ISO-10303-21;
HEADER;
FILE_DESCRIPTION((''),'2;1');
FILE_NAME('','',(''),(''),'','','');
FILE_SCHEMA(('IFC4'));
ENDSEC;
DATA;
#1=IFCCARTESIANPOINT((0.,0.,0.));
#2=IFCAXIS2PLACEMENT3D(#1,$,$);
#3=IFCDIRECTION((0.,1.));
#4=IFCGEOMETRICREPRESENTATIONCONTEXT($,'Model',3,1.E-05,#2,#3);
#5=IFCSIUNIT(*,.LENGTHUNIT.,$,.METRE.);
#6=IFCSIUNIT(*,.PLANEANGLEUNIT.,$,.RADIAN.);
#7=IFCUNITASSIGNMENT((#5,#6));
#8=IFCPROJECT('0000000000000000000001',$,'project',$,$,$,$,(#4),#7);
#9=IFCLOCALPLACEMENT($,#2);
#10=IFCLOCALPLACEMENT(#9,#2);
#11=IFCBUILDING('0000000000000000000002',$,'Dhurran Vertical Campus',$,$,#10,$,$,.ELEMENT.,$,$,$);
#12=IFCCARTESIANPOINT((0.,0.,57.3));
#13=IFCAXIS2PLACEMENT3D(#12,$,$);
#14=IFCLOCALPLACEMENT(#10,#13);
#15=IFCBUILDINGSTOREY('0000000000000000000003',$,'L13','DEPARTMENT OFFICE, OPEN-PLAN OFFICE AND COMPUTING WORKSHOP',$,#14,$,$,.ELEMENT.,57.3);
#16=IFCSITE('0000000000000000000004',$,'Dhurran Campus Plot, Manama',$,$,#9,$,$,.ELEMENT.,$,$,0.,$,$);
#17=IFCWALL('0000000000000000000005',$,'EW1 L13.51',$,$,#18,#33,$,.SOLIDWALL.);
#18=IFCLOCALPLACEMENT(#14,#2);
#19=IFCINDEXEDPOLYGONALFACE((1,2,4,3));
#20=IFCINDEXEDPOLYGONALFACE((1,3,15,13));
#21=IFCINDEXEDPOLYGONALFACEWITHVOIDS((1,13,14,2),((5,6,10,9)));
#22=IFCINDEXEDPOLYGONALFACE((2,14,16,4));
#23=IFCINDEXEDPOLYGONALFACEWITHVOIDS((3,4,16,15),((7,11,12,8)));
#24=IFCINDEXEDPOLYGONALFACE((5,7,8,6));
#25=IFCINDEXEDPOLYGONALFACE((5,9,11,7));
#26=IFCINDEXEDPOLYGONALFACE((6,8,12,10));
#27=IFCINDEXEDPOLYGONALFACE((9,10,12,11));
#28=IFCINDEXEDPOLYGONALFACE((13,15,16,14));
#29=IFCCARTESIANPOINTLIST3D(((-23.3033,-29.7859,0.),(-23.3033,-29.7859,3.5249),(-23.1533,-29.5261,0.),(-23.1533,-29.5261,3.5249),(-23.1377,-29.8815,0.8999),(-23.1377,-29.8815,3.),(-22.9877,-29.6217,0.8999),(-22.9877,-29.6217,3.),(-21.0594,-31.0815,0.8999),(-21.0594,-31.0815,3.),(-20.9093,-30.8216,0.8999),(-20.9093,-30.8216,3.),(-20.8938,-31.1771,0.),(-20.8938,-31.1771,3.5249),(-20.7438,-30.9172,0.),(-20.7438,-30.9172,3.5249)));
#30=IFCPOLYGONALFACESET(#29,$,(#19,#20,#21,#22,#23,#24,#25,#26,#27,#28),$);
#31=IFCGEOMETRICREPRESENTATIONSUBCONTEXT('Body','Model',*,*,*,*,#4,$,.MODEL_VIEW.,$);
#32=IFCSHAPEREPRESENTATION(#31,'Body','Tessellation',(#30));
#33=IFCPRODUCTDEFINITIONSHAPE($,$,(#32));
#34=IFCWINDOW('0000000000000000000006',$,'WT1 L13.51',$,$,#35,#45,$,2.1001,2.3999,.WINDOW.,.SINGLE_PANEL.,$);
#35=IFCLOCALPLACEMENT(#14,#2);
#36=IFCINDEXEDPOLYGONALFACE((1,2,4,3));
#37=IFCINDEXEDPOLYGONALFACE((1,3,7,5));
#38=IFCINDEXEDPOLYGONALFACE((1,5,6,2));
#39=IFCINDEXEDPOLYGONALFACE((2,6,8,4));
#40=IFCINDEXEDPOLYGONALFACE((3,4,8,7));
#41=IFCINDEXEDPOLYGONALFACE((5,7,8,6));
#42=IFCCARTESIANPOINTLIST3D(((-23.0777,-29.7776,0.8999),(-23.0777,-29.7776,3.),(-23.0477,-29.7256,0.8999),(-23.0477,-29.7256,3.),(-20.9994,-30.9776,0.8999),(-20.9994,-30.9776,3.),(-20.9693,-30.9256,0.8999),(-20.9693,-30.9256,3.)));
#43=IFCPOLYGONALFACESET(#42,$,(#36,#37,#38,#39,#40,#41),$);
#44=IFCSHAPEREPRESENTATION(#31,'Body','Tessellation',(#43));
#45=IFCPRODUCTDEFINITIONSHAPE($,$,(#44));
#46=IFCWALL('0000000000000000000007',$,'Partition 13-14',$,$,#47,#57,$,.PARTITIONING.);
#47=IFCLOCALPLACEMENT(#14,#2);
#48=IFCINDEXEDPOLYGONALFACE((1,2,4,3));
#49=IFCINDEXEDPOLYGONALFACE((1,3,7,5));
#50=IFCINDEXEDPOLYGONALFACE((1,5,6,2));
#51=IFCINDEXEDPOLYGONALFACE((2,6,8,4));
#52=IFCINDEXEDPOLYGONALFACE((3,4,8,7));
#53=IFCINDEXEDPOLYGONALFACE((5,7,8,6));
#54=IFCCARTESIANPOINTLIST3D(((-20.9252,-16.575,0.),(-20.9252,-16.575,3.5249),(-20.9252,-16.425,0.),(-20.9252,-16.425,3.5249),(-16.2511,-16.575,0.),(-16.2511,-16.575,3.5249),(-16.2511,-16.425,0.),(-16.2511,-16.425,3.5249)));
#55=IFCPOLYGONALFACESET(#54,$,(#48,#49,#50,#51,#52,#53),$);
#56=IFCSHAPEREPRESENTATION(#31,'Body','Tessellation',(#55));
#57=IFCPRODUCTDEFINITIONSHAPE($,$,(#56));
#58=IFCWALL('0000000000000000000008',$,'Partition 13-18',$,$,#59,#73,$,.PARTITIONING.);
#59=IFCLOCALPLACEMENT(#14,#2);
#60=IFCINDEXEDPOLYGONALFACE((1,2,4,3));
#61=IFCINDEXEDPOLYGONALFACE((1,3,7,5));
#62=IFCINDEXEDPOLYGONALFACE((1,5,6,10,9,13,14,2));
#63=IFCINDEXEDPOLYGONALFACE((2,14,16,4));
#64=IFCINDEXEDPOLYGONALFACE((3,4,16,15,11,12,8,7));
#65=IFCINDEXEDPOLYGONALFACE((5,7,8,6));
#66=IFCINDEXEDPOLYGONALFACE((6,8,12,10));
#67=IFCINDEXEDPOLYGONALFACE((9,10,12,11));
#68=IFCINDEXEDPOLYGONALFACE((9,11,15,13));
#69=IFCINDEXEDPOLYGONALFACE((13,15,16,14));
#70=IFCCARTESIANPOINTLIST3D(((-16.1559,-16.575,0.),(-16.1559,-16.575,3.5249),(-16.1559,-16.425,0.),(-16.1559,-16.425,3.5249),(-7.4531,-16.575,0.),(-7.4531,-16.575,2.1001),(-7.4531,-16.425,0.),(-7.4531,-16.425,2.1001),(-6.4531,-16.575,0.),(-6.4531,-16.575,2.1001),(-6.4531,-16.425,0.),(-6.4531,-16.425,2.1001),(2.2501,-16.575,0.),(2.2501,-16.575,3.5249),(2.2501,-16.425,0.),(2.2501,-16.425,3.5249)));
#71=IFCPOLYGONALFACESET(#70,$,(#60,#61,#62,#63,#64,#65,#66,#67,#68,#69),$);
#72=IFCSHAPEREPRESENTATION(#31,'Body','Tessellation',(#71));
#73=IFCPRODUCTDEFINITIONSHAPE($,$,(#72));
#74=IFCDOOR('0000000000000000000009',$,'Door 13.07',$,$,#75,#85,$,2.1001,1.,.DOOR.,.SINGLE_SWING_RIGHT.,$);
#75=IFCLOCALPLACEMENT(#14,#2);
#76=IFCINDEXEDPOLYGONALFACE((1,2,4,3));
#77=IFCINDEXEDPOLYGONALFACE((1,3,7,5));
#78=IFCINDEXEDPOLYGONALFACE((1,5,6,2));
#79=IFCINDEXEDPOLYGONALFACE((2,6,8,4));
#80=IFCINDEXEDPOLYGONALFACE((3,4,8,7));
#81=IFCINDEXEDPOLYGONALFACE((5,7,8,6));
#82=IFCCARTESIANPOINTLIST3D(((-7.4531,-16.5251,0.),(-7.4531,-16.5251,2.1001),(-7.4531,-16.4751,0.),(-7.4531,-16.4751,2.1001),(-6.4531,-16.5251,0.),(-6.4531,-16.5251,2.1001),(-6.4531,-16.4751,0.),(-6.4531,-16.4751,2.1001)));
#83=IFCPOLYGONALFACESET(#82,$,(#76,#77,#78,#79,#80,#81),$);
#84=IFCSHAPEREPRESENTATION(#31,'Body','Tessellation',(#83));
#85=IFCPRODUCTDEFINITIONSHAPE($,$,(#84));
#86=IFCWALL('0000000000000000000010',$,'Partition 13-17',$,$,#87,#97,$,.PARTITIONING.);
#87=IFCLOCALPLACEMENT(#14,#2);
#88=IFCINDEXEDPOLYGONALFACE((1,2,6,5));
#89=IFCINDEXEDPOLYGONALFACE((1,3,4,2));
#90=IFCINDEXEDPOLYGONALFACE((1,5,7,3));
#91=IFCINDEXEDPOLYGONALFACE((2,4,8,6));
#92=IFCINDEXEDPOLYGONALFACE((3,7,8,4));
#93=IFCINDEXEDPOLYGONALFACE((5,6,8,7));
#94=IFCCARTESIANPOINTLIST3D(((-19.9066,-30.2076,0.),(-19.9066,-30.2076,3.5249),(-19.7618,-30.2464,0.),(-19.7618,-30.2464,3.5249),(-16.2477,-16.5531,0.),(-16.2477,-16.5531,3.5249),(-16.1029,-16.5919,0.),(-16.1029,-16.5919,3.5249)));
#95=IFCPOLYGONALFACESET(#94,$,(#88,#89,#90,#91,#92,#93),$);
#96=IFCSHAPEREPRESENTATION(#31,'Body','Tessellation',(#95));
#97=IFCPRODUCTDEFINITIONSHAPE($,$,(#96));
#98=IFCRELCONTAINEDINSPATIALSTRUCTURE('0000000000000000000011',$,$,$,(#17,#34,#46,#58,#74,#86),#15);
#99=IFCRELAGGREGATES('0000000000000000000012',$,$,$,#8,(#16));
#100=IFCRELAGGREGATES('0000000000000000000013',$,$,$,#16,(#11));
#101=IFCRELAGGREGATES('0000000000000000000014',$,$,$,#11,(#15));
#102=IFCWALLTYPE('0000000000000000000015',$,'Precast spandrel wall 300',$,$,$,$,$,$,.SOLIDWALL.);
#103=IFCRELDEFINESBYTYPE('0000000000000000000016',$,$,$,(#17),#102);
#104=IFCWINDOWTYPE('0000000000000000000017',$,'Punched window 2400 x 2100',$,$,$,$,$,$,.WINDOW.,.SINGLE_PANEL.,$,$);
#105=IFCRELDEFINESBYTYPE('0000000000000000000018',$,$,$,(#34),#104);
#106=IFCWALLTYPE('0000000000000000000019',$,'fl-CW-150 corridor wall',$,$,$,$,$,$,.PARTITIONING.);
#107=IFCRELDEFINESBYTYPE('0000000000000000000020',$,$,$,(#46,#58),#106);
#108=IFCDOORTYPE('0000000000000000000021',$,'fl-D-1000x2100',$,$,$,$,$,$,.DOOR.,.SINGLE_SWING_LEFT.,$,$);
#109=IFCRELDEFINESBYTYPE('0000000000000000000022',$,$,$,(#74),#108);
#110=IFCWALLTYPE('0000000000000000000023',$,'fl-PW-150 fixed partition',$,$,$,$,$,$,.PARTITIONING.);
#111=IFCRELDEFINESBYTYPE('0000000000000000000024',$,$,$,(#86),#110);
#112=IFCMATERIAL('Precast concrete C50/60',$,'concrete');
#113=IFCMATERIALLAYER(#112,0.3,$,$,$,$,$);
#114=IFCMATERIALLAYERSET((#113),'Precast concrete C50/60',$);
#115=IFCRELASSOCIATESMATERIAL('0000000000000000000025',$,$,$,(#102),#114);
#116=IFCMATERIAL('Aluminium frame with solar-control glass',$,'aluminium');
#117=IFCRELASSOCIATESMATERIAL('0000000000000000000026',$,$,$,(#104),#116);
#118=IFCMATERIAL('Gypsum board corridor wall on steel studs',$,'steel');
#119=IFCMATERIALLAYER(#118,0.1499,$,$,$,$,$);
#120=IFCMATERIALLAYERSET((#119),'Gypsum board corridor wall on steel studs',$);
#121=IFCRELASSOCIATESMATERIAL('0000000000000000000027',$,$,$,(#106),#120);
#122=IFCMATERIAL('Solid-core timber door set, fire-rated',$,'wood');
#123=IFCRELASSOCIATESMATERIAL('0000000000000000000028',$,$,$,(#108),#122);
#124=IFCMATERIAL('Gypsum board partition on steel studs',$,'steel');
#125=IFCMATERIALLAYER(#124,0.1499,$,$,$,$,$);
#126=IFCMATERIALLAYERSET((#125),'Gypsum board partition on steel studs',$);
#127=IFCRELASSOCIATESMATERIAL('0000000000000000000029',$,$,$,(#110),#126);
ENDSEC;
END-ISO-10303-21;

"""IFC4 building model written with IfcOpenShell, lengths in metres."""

from ifc_helpers import new_model, si_unit, direction, frame, frame_2d, origin, place, context, subcontext, project, spatial, rectangle, extrude, material, layer, layer_set, type_object, element, fill, save


model = new_model("IFC4")

# Units and contexts
model_context = context("Model", 3, precision=1e-05, world=origin(), true_north=direction((0.0, 1.0)))
body_context = subcontext(model_context, "Body", "Model", "MODEL_VIEW")
ifc_project = project(units=[si_unit("LENGTHUNIT", "METRE"), si_unit("PLANEANGLEUNIT", "RADIAN")], contexts=[model_context])

# Site, building, storey
site_placement = place(None, origin())
site = spatial("IfcSite", under=ifc_project, at=site_placement, Name="Dhurran Campus Plot, Manama", CompositionType="ELEMENT", RefElevation=0.0)
building_placement = place(site_placement, origin())
building = spatial("IfcBuilding", under=site, at=building_placement, Name="Dhurran Vertical Campus", CompositionType="ELEMENT")
storey_placement = place(building_placement, frame((0.0, 0.0, 57.3)))
storey = spatial("IfcBuildingStorey", under=building, at=storey_placement, Name="L13", Description="DEPARTMENT OFFICE, OPEN-PLAN OFFICE AND COMPUTING WORKSHOP", CompositionType="ELEMENT", Elevation=57.3)

# Wall, opening, window
ifc_material_1 = material(Name="Precast concrete C50/60", Category="concrete")
ifc_layer_1 = layer(ifc_material_1, 0.3)
ifc_layer_set_1 = layer_set([ifc_layer_1], Name="Precast concrete C50/60")
wall_type_1 = type_object("IfcWallType", Name="Precast spandrel wall 300", PredefinedType="SOLIDWALL", material=ifc_layer_set_1)
ifc_material_2 = material(Name="Aluminium frame with solar-control glass", Category="aluminium")
window_type = type_object("IfcWindowType", Name="Punched window 2400 x 2100", PartitioningType="SINGLE_PANEL", PredefinedType="WINDOW", material=ifc_material_2)
wall_1_placement = place(storey_placement, frame((-23.2283, -29.656, 0.0), z_axis=(0.0, 0.0, 1.0), x_axis=(0.86602, -0.500009, 0.0)))
wall_1 = element("IfcWall", 1, at=wall_1_placement, inside=storey, type_object=wall_type_1, Name="EW1 L13.51", PredefinedType="SOLIDWALL", context=body_context, shape_type="SweptSolid", body=[
    extrude(rectangle(XDim=2.7822, YDim=0.3, at=frame_2d((1.3911, 0.0))), origin(), (0.0, 0.0, 1.0), 3.5249),
])
opening_1_placement = place(wall_1_placement, frame((0.1912, 0.0, 0.8999)))
opening_1 = element("IfcOpeningElement", 2, at=opening_1_placement, cuts=wall_1, PredefinedType="OPENING", context=body_context, shape_type="SweptSolid", body=[
    extrude(rectangle(XDim=2.3999, YDim=2.1001, at=frame_2d((1.2, 1.05))), frame((0.0, 0.1599, 0.0), z_axis=(0.0, -1.0, 0.0), x_axis=(1.0, 0.0, 0.0)), (0.0, 0.0, 1.0), 0.3201),
])
window_1_placement = place(opening_1_placement, origin())
window_1 = element("IfcWindow", 3, at=window_1_placement, inside=storey, type_object=window_type, Name="WT1 L13.51", OverallHeight=2.1001, OverallWidth=2.3999, PartitioningType="SINGLE_PANEL", PredefinedType="WINDOW", context=body_context, shape_type="SweptSolid", body=[
    extrude(rectangle(XDim=2.3999, YDim=2.1001, at=frame_2d((1.2, 1.05))), frame((0.0, 0.03, 0.0), z_axis=(0.0, -1.0, 0.0), x_axis=(1.0, 0.0, 0.0)), (0.0, 0.0, 1.0), 0.0601),
])
fill(opening_1, window_1)

# Wall
ifc_material_3 = material(Name="Gypsum board corridor wall on steel studs", Category="steel")
ifc_layer_2 = layer(ifc_material_3, 0.1499)
ifc_layer_set_2 = layer_set([ifc_layer_2], Name="Gypsum board corridor wall on steel studs")
wall_type_2 = type_object("IfcWallType", Name="fl-CW-150 corridor wall", PredefinedType="PARTITIONING", material=ifc_layer_set_2)
wall_2_placement = place(storey_placement, frame((-20.925, -16.5, 0.0), z_axis=(0.0, 0.0, 1.0), x_axis=(1.0, 0.0, 0.0)))
element("IfcWall", 4, at=wall_2_placement, inside=storey, type_object=wall_type_2, Name="Partition 13-14", PredefinedType="PARTITIONING", context=body_context, shape_type="SweptSolid", body=[
    extrude(rectangle(XDim=4.6741, YDim=0.1499, at=frame_2d((2.3369, 0.0))), origin(), (0.0, 0.0, 1.0), 3.5249),
])

# Wall, opening, door
wall_3_placement = place(storey_placement, frame((-16.156, -16.5, 0.0), z_axis=(0.0, 0.0, 1.0), x_axis=(1.0, 0.0, 0.0)))
wall_3 = element("IfcWall", 5, at=wall_3_placement, inside=storey, type_object=wall_type_2, Name="Partition 13-18", PredefinedType="PARTITIONING", context=body_context, shape_type="SweptSolid", body=[
    extrude(rectangle(XDim=18.406, YDim=0.1499, at=frame_2d((9.2031, 0.0))), origin(), (0.0, 0.0, 1.0), 3.5249),
])
opening_2_placement = place(wall_3_placement, frame((8.7029, 0.0, 0.0)))
opening_2 = element("IfcOpeningElement", 6, at=opening_2_placement, cuts=wall_3, PredefinedType="OPENING", context=body_context, shape_type="SweptSolid", body=[
    extrude(rectangle(XDim=1.0, YDim=2.1001, at=frame_2d((0.5, 1.05))), frame((0.0, 0.085, 0.0), z_axis=(0.0, -1.0, 0.0), x_axis=(1.0, 0.0, 0.0)), (0.0, 0.0, 1.0), 0.1699),
])
ifc_material_4 = material(Name="Solid-core timber door set, fire-rated", Category="wood")
door_type = type_object("IfcDoorType", Name="fl-D-1000x2100", OperationType="SINGLE_SWING_LEFT", PredefinedType="DOOR", material=ifc_material_4)
door_placement = place(opening_2_placement, origin())
door = element("IfcDoor", 7, at=door_placement, inside=storey, type_object=door_type, Name="Door 13.07", OperationType="SINGLE_SWING_RIGHT", OverallHeight=2.1001, OverallWidth=1.0, PredefinedType="DOOR", context=body_context, shape_type="SweptSolid", body=[
    extrude(rectangle(XDim=1.0, YDim=2.1001, at=frame_2d((0.5, 1.05))), frame((0.0, 0.0249, 0.0), z_axis=(0.0, -1.0, 0.0), x_axis=(1.0, 0.0, 0.0)), (0.0, 0.0, 1.0), 0.05),
])
fill(opening_2, door)

# Wall
ifc_material_5 = material(Name="Gypsum board partition on steel studs", Category="steel")
ifc_layer_3 = layer(ifc_material_5, 0.1499)
ifc_layer_set_3 = layer_set([ifc_layer_3], Name="Gypsum board partition on steel studs")
wall_type_3 = type_object("IfcWallType", Name="fl-PW-150 fixed partition", PredefinedType="PARTITIONING", material=ifc_layer_set_3)
wall_4_placement = place(storey_placement, frame((-16.1753, -16.5725, 0.0), z_axis=(0.0, 0.0, 1.0), x_axis=(-0.258833, -0.965922, 0.0)))
element("IfcWall", 8, at=wall_4_placement, inside=storey, type_object=wall_type_3, Name="Partition 13-17", PredefinedType="PARTITIONING", context=body_context, shape_type="SweptSolid", body=[
    extrude(rectangle(XDim=14.1362, YDim=0.1499, at=frame_2d((7.0681, 0.0))), origin(), (0.0, 0.0, 1.0), 3.5249),
])

save(model, "model.ifc")
